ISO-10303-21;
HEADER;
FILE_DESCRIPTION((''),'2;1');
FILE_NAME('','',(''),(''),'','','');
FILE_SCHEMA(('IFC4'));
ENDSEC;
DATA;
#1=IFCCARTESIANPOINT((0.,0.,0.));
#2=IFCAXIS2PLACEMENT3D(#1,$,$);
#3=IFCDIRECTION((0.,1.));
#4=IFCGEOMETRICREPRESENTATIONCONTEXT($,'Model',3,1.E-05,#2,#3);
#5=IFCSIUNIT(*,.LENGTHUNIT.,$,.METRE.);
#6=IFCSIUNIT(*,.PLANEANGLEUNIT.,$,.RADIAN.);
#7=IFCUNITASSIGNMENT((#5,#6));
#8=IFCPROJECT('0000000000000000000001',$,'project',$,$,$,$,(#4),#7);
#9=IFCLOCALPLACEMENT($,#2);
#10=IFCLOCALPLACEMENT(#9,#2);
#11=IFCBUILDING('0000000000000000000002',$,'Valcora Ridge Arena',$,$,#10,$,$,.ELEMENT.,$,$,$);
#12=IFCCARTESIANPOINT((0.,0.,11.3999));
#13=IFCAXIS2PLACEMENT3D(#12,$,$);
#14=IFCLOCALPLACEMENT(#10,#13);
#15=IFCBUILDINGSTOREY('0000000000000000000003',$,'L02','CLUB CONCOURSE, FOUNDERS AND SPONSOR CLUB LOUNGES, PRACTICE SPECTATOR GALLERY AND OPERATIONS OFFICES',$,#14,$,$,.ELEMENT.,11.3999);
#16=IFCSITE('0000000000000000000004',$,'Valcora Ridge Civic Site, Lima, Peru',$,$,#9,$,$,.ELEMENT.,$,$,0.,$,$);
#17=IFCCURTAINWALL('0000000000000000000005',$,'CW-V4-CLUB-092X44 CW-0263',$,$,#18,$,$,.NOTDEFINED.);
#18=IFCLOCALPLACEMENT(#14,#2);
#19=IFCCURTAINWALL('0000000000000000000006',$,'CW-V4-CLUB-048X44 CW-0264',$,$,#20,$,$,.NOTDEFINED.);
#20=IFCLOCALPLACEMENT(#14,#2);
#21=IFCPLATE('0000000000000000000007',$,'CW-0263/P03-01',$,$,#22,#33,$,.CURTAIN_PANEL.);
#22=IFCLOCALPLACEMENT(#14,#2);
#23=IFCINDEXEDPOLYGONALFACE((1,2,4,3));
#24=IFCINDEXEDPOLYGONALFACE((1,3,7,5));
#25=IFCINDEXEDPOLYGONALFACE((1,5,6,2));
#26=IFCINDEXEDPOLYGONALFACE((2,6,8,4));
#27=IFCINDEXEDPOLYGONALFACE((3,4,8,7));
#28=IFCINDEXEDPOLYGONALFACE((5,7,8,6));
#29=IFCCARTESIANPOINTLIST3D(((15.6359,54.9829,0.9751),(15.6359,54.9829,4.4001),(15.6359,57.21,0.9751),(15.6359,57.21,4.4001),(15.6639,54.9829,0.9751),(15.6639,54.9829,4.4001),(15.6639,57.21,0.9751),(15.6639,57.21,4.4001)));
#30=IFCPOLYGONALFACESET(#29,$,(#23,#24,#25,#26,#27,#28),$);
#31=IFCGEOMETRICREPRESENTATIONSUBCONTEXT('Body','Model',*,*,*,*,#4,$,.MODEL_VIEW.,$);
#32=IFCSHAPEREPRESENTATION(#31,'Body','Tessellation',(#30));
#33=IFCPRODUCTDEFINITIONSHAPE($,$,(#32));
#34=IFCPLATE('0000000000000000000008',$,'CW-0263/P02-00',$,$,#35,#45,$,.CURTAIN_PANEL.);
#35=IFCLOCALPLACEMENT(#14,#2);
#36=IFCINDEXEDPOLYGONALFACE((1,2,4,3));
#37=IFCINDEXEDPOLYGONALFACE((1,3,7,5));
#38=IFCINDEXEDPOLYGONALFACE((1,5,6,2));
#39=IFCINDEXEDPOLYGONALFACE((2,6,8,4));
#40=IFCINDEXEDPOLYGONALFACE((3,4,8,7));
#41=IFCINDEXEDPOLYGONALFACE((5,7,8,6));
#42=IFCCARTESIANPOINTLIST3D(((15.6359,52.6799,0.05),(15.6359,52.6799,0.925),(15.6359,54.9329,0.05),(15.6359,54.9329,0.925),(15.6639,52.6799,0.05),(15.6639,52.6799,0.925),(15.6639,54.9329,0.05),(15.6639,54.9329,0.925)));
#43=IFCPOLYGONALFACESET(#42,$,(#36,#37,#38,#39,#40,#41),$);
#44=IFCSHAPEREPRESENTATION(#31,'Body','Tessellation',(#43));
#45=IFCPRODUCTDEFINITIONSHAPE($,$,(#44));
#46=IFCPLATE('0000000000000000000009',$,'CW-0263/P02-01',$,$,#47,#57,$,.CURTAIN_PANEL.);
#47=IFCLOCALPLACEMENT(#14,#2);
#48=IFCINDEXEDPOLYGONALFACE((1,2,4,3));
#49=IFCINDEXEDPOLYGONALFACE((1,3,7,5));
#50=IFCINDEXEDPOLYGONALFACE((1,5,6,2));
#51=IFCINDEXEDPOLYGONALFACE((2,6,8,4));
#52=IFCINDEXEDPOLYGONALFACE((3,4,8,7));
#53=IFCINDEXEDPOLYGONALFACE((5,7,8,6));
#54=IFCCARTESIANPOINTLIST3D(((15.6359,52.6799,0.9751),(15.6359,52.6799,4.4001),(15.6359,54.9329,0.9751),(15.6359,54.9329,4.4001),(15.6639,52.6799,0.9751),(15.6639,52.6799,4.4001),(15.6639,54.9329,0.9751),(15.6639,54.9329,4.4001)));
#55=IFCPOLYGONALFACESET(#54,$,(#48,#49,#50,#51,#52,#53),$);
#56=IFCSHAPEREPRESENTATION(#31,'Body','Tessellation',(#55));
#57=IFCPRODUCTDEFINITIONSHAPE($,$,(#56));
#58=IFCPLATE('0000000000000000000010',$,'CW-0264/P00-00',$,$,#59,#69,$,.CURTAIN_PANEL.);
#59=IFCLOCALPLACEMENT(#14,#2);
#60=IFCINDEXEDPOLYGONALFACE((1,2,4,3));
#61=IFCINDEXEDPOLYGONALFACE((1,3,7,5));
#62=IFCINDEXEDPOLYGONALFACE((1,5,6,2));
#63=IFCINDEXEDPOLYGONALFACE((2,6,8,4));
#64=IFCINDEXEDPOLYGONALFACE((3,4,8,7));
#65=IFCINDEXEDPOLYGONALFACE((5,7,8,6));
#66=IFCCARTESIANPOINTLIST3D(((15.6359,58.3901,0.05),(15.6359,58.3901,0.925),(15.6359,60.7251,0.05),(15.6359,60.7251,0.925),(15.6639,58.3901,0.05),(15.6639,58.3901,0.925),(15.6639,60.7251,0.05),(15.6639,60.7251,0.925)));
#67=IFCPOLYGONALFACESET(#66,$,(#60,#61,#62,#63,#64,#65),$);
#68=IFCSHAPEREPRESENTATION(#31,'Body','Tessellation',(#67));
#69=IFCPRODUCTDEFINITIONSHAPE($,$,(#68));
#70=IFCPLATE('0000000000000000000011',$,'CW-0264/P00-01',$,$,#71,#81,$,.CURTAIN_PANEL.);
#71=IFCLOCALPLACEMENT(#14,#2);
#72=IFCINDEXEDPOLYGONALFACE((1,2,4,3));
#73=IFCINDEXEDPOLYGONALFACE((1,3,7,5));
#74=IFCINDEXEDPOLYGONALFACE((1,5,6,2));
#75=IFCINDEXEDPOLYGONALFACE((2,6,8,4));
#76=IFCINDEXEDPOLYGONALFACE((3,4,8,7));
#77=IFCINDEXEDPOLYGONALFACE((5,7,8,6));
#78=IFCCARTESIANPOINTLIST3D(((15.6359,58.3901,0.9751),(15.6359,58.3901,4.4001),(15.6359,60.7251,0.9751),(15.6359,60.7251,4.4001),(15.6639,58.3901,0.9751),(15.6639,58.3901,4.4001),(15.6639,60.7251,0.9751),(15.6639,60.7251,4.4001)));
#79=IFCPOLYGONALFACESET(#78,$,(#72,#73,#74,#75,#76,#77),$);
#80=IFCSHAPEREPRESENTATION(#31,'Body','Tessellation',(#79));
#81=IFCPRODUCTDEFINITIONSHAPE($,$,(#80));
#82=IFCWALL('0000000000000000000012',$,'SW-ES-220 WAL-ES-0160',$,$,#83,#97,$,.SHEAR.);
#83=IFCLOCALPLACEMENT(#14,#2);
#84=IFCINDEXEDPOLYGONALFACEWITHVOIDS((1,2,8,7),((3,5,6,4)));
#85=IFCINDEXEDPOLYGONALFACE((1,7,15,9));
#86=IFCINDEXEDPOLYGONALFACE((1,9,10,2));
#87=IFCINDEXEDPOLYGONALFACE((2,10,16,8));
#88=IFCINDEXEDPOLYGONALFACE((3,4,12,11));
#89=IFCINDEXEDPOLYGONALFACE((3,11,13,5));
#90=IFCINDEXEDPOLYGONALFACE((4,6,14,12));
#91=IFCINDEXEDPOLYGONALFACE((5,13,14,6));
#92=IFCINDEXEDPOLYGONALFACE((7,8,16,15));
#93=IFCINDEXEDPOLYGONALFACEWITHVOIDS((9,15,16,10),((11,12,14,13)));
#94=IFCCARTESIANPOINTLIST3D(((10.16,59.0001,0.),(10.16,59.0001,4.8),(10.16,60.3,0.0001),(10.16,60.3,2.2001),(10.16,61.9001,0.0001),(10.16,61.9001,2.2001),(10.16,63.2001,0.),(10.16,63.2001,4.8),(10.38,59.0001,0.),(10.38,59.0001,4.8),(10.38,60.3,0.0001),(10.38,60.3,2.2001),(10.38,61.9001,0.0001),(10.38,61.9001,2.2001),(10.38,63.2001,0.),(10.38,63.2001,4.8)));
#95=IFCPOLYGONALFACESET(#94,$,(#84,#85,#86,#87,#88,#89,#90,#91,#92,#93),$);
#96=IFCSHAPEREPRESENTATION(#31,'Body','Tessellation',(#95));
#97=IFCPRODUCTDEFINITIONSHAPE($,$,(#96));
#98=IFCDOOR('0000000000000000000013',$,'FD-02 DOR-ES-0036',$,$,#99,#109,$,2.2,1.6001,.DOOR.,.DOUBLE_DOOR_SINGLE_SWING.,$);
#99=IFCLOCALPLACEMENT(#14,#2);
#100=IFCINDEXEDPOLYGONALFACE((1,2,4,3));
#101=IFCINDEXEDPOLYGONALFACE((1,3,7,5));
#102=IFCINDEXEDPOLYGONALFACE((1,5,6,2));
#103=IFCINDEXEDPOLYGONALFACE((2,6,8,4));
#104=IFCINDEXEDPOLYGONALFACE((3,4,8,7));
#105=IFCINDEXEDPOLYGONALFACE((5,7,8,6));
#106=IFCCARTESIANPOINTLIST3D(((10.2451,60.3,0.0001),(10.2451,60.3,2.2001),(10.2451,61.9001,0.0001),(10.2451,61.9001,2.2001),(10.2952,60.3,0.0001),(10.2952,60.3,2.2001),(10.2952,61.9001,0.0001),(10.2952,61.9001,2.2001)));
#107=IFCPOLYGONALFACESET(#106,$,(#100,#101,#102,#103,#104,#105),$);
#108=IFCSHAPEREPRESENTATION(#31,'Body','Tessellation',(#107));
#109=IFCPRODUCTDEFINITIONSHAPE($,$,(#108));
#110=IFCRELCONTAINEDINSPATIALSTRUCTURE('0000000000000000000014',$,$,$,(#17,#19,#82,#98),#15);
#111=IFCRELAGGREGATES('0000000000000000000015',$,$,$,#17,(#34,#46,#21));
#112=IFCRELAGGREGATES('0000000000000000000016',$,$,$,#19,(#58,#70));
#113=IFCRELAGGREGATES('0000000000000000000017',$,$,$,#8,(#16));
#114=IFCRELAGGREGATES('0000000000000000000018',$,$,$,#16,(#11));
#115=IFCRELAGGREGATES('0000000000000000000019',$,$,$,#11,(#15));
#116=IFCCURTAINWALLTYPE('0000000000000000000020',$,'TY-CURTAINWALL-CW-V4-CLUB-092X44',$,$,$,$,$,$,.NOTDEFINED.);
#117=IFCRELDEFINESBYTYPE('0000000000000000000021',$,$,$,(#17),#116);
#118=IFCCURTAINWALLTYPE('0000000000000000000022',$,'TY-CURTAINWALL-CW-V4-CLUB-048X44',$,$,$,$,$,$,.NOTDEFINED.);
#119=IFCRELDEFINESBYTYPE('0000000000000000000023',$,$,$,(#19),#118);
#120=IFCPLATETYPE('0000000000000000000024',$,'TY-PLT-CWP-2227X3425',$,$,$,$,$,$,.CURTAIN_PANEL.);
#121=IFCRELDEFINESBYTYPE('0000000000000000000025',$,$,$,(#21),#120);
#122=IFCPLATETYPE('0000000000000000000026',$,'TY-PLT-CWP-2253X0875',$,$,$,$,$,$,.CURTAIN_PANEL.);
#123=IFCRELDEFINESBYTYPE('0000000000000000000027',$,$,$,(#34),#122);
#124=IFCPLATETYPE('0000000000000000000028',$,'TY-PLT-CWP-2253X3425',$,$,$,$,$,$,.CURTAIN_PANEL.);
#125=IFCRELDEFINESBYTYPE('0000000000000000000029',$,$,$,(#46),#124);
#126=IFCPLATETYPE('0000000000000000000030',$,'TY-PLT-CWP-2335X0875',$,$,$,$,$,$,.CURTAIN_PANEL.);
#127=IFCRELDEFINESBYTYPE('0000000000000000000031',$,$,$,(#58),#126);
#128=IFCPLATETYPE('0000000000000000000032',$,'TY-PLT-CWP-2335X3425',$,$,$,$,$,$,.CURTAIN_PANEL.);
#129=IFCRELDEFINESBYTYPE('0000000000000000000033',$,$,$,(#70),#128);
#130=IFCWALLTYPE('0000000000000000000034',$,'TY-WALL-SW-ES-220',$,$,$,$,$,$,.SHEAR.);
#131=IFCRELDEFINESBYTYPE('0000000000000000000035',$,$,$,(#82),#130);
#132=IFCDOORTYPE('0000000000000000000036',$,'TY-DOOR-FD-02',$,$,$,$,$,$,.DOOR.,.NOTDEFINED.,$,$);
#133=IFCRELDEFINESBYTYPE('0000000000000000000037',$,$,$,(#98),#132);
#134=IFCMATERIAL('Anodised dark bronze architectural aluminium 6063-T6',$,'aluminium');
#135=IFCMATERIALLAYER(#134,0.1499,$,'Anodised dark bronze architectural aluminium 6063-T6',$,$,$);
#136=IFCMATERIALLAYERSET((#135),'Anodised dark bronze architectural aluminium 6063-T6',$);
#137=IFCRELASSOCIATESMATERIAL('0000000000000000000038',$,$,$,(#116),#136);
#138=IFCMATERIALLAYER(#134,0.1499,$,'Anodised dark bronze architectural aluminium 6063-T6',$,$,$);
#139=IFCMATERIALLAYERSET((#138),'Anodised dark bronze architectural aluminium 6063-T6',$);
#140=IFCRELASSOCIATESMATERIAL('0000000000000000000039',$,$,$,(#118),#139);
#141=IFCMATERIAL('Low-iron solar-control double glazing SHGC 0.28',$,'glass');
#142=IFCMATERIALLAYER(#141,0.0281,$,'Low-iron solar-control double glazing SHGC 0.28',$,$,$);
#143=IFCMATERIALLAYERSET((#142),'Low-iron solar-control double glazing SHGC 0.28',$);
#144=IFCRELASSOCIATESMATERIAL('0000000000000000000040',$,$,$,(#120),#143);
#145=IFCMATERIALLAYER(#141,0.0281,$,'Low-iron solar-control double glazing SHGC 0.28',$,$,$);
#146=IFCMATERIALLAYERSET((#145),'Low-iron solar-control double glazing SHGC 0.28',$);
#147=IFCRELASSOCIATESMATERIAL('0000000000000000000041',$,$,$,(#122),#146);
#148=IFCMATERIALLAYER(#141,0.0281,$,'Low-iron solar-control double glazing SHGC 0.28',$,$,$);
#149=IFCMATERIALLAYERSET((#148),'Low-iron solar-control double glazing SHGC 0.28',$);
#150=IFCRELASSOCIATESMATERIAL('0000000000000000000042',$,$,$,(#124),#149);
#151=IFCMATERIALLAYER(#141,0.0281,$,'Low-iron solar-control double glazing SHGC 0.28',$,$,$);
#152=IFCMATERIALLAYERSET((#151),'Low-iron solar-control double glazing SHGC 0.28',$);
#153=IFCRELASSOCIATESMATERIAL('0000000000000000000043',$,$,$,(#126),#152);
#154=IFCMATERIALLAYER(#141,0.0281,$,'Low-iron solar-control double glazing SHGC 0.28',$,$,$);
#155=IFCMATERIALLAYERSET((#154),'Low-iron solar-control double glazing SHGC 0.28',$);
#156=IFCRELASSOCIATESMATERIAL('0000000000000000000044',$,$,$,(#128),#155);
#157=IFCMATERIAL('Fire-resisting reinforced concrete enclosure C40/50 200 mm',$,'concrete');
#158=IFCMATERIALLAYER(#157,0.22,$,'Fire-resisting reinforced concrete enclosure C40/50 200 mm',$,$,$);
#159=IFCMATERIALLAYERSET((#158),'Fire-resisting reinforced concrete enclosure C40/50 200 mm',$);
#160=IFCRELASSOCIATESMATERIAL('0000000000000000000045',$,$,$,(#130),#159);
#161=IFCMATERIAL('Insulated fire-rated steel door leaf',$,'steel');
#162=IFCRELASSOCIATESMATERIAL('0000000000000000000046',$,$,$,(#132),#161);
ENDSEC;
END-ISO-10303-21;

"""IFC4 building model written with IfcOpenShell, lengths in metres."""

from ifc_helpers import new_model, si_unit, direction, frame, frame_2d, origin, origin_2d, place, context, subcontext, project, spatial, rectangle, extrude, material, layer, layer_set, type_object, element, fill, aggregate, save


model = new_model("IFC4")

# Units and contexts
model_context = context("Model", 3, precision=1e-05, world=origin(), true_north=direction((0.0, 1.0)))
body_context = subcontext(model_context, "Body", "Model", "MODEL_VIEW")
ifc_project = project(units=[si_unit("LENGTHUNIT", "METRE"), si_unit("PLANEANGLEUNIT", "RADIAN")], contexts=[model_context])

# Site, building, storey
site_placement = place(None, origin())
site = spatial("IfcSite", under=ifc_project, at=site_placement, Name="Valcora Ridge Civic Site, Lima, Peru", CompositionType="ELEMENT", RefElevation=0.0)
building_placement = place(site_placement, origin())
building = spatial("IfcBuilding", under=site, at=building_placement, Name="Valcora Ridge Arena", CompositionType="ELEMENT")
storey_placement = place(building_placement, frame((0.0, 0.0, 11.3999)))
storey = spatial("IfcBuildingStorey", under=building, at=storey_placement, Name="L02", Description="CLUB CONCOURSE, FOUNDERS AND SPONSOR CLUB LOUNGES, PRACTICE SPECTATOR GALLERY AND OPERATIONS OFFICES", CompositionType="ELEMENT", Elevation=11.3999)

# Curtain wall
ifc_material_1 = material(Name="Anodised dark bronze architectural aluminium 6063-T6", Category="aluminium")
ifc_layer_1 = layer(ifc_material_1, 0.1499, Name="Anodised dark bronze architectural aluminium 6063-T6")
ifc_layer_set_1 = layer_set([ifc_layer_1], Name="Anodised dark bronze architectural aluminium 6063-T6")
curtain_wall_type_1 = type_object("IfcCurtainWallType", Name="TY-CURTAINWALL-CW-V4-CLUB-092X44", PredefinedType="NOTDEFINED", material=ifc_layer_set_1)
curtain_wall_1_placement = place(storey_placement, origin())
curtain_wall_1 = element("IfcCurtainWall", 1, at=curtain_wall_1_placement, inside=storey, type_object=curtain_wall_type_1, Name="CW-V4-CLUB-092X44 CW-0263", PredefinedType="NOTDEFINED")

# Curtain wall
ifc_layer_2 = layer(ifc_material_1, 0.1499, Name="Anodised dark bronze architectural aluminium 6063-T6")
ifc_layer_set_2 = layer_set([ifc_layer_2], Name="Anodised dark bronze architectural aluminium 6063-T6")
curtain_wall_type_2 = type_object("IfcCurtainWallType", Name="TY-CURTAINWALL-CW-V4-CLUB-048X44", PredefinedType="NOTDEFINED", material=ifc_layer_set_2)
curtain_wall_2_placement = place(storey_placement, origin())
curtain_wall_2 = element("IfcCurtainWall", 2, at=curtain_wall_2_placement, inside=storey, type_object=curtain_wall_type_2, Name="CW-V4-CLUB-048X44 CW-0264", PredefinedType="NOTDEFINED")

# Plates
ifc_material_2 = material(Name="Low-iron solar-control double glazing SHGC 0.28", Category="glass")
ifc_layer_3 = layer(ifc_material_2, 0.0281, Name="Low-iron solar-control double glazing SHGC 0.28")
ifc_layer_set_3 = layer_set([ifc_layer_3], Name="Low-iron solar-control double glazing SHGC 0.28")
plate_type_1 = type_object("IfcPlateType", Name="TY-PLT-CWP-2227X3425", PredefinedType="CURTAIN_PANEL", material=ifc_layer_set_3)
plate_1_placement = place(storey_placement, frame((15.6499, 56.0964, 0.9751), z_axis=(0.0, 0.0, 1.0), x_axis=(0.0, 1.0, 0.0)))
plate_1 = element("IfcPlate", 3, at=plate_1_placement, type_object=plate_type_1, Name="CW-0263/P03-01", PredefinedType="CURTAIN_PANEL", context=body_context, shape_type="SweptSolid", body=[
    extrude(rectangle(XDim=2.2271, YDim=0.0281, at=origin_2d()), origin(), (0.0, 0.0, 1.0), 3.425),
])
ifc_layer_4 = layer(ifc_material_2, 0.0281, Name="Low-iron solar-control double glazing SHGC 0.28")
ifc_layer_set_4 = layer_set([ifc_layer_4], Name="Low-iron solar-control double glazing SHGC 0.28")
plate_type_2 = type_object("IfcPlateType", Name="TY-PLT-CWP-2253X0875", PredefinedType="CURTAIN_PANEL", material=ifc_layer_set_4)
plate_2_placement = place(storey_placement, frame((15.6499, 53.8064, 0.05), z_axis=(0.0, 0.0, 1.0), x_axis=(0.0, 1.0, 0.0)))
plate_2 = element("IfcPlate", 4, at=plate_2_placement, type_object=plate_type_2, Name="CW-0263/P02-00", PredefinedType="CURTAIN_PANEL", context=body_context, shape_type="SweptSolid", body=[
    extrude(rectangle(XDim=2.2529, YDim=0.0281, at=origin_2d()), origin(), (0.0, 0.0, 1.0), 0.875),
])
ifc_layer_5 = layer(ifc_material_2, 0.0281, Name="Low-iron solar-control double glazing SHGC 0.28")
ifc_layer_set_5 = layer_set([ifc_layer_5], Name="Low-iron solar-control double glazing SHGC 0.28")
plate_type_3 = type_object("IfcPlateType", Name="TY-PLT-CWP-2253X3425", PredefinedType="CURTAIN_PANEL", material=ifc_layer_set_5)
plate_3_placement = place(storey_placement, frame((15.6499, 53.8064, 0.9751), z_axis=(0.0, 0.0, 1.0), x_axis=(0.0, 1.0, 0.0)))
plate_3 = element("IfcPlate", 5, at=plate_3_placement, type_object=plate_type_3, Name="CW-0263/P02-01", PredefinedType="CURTAIN_PANEL", context=body_context, shape_type="SweptSolid", body=[
    extrude(rectangle(XDim=2.2529, YDim=0.0281, at=origin_2d()), origin(), (0.0, 0.0, 1.0), 3.425),
])
aggregate(curtain_wall_1, [plate_2, plate_3, plate_1])
ifc_layer_6 = layer(ifc_material_2, 0.0281, Name="Low-iron solar-control double glazing SHGC 0.28")
ifc_layer_set_6 = layer_set([ifc_layer_6], Name="Low-iron solar-control double glazing SHGC 0.28")
plate_type_4 = type_object("IfcPlateType", Name="TY-PLT-CWP-2335X0875", PredefinedType="CURTAIN_PANEL", material=ifc_layer_set_6)
plate_4_placement = place(storey_placement, frame((15.6499, 59.5576, 0.05), z_axis=(0.0, 0.0, 1.0), x_axis=(0.0, 1.0, 0.0)))
plate_4 = element("IfcPlate", 6, at=plate_4_placement, type_object=plate_type_4, Name="CW-0264/P00-00", PredefinedType="CURTAIN_PANEL", context=body_context, shape_type="SweptSolid", body=[
    extrude(rectangle(XDim=2.335, YDim=0.0281, at=origin_2d()), origin(), (0.0, 0.0, 1.0), 0.875),
])
ifc_layer_7 = layer(ifc_material_2, 0.0281, Name="Low-iron solar-control double glazing SHGC 0.28")
ifc_layer_set_7 = layer_set([ifc_layer_7], Name="Low-iron solar-control double glazing SHGC 0.28")
plate_type_5 = type_object("IfcPlateType", Name="TY-PLT-CWP-2335X3425", PredefinedType="CURTAIN_PANEL", material=ifc_layer_set_7)
plate_5_placement = place(storey_placement, frame((15.6499, 59.5576, 0.9751), z_axis=(0.0, 0.0, 1.0), x_axis=(0.0, 1.0, 0.0)))
plate_5 = element("IfcPlate", 7, at=plate_5_placement, type_object=plate_type_5, Name="CW-0264/P00-01", PredefinedType="CURTAIN_PANEL", context=body_context, shape_type="SweptSolid", body=[
    extrude(rectangle(XDim=2.335, YDim=0.0281, at=origin_2d()), origin(), (0.0, 0.0, 1.0), 3.425),
])
aggregate(curtain_wall_2, [plate_4, plate_5])

# Wall, opening, door
ifc_material_3 = material(Name="Fire-resisting reinforced concrete enclosure C40/50 200 mm", Category="concrete")
ifc_layer_8 = layer(ifc_material_3, 0.22, Name="Fire-resisting reinforced concrete enclosure C40/50 200 mm")
ifc_layer_set_8 = layer_set([ifc_layer_8], Name="Fire-resisting reinforced concrete enclosure C40/50 200 mm")
wall_type = type_object("IfcWallType", Name="TY-WALL-SW-ES-220", PredefinedType="SHEAR", material=ifc_layer_set_8)
wall_placement = place(storey_placement, frame((10.27, 59.0, 0.0), z_axis=(0.0, 0.0, 1.0), x_axis=(0.0, 1.0, 0.0)))
wall = element("IfcWall", 8, at=wall_placement, inside=storey, type_object=wall_type, Name="SW-ES-220 WAL-ES-0160", PredefinedType="SHEAR", context=body_context, shape_type="SweptSolid", body=[
    extrude(rectangle(XDim=4.2, YDim=0.22, at=frame_2d((2.1001, 0.0))), origin(), (0.0, 0.0, 1.0), 4.8),
])
opening_placement = place(wall_placement, frame((1.3, 0.0, 0.0)))
opening = element("IfcOpeningElement", 9, at=opening_placement, cuts=wall, PredefinedType="OPENING", context=body_context, shape_type="SweptSolid", body=[
    extrude(rectangle(XDim=1.6001, YDim=2.2, at=frame_2d((0.8, 1.1001))), frame((0.0, 0.1199, 0.0), z_axis=(0.0, -1.0, 0.0), x_axis=(1.0, 0.0, 0.0)), (0.0, 0.0, 1.0), 0.24),
])
ifc_material_4 = material(Name="Insulated fire-rated steel door leaf", Category="steel")
door_type = type_object("IfcDoorType", Name="TY-DOOR-FD-02", OperationType="NOTDEFINED", PredefinedType="DOOR", material=ifc_material_4)
door_placement = place(opening_placement, origin())
door = element("IfcDoor", 10, at=door_placement, inside=storey, type_object=door_type, Name="FD-02 DOR-ES-0036", OperationType="DOUBLE_DOOR_SINGLE_SWING", OverallHeight=2.2, OverallWidth=1.6001, PredefinedType="DOOR", context=body_context, shape_type="SweptSolid", body=[
    extrude(rectangle(XDim=1.6001, YDim=2.2, at=frame_2d((0.8, 1.1001))), frame((0.0, 0.0249, 0.0), z_axis=(0.0, -1.0, 0.0), x_axis=(1.0, 0.0, 0.0)), (0.0, 0.0, 1.0), 0.05),
])
fill(opening, door)

save(model, "model.ifc")
